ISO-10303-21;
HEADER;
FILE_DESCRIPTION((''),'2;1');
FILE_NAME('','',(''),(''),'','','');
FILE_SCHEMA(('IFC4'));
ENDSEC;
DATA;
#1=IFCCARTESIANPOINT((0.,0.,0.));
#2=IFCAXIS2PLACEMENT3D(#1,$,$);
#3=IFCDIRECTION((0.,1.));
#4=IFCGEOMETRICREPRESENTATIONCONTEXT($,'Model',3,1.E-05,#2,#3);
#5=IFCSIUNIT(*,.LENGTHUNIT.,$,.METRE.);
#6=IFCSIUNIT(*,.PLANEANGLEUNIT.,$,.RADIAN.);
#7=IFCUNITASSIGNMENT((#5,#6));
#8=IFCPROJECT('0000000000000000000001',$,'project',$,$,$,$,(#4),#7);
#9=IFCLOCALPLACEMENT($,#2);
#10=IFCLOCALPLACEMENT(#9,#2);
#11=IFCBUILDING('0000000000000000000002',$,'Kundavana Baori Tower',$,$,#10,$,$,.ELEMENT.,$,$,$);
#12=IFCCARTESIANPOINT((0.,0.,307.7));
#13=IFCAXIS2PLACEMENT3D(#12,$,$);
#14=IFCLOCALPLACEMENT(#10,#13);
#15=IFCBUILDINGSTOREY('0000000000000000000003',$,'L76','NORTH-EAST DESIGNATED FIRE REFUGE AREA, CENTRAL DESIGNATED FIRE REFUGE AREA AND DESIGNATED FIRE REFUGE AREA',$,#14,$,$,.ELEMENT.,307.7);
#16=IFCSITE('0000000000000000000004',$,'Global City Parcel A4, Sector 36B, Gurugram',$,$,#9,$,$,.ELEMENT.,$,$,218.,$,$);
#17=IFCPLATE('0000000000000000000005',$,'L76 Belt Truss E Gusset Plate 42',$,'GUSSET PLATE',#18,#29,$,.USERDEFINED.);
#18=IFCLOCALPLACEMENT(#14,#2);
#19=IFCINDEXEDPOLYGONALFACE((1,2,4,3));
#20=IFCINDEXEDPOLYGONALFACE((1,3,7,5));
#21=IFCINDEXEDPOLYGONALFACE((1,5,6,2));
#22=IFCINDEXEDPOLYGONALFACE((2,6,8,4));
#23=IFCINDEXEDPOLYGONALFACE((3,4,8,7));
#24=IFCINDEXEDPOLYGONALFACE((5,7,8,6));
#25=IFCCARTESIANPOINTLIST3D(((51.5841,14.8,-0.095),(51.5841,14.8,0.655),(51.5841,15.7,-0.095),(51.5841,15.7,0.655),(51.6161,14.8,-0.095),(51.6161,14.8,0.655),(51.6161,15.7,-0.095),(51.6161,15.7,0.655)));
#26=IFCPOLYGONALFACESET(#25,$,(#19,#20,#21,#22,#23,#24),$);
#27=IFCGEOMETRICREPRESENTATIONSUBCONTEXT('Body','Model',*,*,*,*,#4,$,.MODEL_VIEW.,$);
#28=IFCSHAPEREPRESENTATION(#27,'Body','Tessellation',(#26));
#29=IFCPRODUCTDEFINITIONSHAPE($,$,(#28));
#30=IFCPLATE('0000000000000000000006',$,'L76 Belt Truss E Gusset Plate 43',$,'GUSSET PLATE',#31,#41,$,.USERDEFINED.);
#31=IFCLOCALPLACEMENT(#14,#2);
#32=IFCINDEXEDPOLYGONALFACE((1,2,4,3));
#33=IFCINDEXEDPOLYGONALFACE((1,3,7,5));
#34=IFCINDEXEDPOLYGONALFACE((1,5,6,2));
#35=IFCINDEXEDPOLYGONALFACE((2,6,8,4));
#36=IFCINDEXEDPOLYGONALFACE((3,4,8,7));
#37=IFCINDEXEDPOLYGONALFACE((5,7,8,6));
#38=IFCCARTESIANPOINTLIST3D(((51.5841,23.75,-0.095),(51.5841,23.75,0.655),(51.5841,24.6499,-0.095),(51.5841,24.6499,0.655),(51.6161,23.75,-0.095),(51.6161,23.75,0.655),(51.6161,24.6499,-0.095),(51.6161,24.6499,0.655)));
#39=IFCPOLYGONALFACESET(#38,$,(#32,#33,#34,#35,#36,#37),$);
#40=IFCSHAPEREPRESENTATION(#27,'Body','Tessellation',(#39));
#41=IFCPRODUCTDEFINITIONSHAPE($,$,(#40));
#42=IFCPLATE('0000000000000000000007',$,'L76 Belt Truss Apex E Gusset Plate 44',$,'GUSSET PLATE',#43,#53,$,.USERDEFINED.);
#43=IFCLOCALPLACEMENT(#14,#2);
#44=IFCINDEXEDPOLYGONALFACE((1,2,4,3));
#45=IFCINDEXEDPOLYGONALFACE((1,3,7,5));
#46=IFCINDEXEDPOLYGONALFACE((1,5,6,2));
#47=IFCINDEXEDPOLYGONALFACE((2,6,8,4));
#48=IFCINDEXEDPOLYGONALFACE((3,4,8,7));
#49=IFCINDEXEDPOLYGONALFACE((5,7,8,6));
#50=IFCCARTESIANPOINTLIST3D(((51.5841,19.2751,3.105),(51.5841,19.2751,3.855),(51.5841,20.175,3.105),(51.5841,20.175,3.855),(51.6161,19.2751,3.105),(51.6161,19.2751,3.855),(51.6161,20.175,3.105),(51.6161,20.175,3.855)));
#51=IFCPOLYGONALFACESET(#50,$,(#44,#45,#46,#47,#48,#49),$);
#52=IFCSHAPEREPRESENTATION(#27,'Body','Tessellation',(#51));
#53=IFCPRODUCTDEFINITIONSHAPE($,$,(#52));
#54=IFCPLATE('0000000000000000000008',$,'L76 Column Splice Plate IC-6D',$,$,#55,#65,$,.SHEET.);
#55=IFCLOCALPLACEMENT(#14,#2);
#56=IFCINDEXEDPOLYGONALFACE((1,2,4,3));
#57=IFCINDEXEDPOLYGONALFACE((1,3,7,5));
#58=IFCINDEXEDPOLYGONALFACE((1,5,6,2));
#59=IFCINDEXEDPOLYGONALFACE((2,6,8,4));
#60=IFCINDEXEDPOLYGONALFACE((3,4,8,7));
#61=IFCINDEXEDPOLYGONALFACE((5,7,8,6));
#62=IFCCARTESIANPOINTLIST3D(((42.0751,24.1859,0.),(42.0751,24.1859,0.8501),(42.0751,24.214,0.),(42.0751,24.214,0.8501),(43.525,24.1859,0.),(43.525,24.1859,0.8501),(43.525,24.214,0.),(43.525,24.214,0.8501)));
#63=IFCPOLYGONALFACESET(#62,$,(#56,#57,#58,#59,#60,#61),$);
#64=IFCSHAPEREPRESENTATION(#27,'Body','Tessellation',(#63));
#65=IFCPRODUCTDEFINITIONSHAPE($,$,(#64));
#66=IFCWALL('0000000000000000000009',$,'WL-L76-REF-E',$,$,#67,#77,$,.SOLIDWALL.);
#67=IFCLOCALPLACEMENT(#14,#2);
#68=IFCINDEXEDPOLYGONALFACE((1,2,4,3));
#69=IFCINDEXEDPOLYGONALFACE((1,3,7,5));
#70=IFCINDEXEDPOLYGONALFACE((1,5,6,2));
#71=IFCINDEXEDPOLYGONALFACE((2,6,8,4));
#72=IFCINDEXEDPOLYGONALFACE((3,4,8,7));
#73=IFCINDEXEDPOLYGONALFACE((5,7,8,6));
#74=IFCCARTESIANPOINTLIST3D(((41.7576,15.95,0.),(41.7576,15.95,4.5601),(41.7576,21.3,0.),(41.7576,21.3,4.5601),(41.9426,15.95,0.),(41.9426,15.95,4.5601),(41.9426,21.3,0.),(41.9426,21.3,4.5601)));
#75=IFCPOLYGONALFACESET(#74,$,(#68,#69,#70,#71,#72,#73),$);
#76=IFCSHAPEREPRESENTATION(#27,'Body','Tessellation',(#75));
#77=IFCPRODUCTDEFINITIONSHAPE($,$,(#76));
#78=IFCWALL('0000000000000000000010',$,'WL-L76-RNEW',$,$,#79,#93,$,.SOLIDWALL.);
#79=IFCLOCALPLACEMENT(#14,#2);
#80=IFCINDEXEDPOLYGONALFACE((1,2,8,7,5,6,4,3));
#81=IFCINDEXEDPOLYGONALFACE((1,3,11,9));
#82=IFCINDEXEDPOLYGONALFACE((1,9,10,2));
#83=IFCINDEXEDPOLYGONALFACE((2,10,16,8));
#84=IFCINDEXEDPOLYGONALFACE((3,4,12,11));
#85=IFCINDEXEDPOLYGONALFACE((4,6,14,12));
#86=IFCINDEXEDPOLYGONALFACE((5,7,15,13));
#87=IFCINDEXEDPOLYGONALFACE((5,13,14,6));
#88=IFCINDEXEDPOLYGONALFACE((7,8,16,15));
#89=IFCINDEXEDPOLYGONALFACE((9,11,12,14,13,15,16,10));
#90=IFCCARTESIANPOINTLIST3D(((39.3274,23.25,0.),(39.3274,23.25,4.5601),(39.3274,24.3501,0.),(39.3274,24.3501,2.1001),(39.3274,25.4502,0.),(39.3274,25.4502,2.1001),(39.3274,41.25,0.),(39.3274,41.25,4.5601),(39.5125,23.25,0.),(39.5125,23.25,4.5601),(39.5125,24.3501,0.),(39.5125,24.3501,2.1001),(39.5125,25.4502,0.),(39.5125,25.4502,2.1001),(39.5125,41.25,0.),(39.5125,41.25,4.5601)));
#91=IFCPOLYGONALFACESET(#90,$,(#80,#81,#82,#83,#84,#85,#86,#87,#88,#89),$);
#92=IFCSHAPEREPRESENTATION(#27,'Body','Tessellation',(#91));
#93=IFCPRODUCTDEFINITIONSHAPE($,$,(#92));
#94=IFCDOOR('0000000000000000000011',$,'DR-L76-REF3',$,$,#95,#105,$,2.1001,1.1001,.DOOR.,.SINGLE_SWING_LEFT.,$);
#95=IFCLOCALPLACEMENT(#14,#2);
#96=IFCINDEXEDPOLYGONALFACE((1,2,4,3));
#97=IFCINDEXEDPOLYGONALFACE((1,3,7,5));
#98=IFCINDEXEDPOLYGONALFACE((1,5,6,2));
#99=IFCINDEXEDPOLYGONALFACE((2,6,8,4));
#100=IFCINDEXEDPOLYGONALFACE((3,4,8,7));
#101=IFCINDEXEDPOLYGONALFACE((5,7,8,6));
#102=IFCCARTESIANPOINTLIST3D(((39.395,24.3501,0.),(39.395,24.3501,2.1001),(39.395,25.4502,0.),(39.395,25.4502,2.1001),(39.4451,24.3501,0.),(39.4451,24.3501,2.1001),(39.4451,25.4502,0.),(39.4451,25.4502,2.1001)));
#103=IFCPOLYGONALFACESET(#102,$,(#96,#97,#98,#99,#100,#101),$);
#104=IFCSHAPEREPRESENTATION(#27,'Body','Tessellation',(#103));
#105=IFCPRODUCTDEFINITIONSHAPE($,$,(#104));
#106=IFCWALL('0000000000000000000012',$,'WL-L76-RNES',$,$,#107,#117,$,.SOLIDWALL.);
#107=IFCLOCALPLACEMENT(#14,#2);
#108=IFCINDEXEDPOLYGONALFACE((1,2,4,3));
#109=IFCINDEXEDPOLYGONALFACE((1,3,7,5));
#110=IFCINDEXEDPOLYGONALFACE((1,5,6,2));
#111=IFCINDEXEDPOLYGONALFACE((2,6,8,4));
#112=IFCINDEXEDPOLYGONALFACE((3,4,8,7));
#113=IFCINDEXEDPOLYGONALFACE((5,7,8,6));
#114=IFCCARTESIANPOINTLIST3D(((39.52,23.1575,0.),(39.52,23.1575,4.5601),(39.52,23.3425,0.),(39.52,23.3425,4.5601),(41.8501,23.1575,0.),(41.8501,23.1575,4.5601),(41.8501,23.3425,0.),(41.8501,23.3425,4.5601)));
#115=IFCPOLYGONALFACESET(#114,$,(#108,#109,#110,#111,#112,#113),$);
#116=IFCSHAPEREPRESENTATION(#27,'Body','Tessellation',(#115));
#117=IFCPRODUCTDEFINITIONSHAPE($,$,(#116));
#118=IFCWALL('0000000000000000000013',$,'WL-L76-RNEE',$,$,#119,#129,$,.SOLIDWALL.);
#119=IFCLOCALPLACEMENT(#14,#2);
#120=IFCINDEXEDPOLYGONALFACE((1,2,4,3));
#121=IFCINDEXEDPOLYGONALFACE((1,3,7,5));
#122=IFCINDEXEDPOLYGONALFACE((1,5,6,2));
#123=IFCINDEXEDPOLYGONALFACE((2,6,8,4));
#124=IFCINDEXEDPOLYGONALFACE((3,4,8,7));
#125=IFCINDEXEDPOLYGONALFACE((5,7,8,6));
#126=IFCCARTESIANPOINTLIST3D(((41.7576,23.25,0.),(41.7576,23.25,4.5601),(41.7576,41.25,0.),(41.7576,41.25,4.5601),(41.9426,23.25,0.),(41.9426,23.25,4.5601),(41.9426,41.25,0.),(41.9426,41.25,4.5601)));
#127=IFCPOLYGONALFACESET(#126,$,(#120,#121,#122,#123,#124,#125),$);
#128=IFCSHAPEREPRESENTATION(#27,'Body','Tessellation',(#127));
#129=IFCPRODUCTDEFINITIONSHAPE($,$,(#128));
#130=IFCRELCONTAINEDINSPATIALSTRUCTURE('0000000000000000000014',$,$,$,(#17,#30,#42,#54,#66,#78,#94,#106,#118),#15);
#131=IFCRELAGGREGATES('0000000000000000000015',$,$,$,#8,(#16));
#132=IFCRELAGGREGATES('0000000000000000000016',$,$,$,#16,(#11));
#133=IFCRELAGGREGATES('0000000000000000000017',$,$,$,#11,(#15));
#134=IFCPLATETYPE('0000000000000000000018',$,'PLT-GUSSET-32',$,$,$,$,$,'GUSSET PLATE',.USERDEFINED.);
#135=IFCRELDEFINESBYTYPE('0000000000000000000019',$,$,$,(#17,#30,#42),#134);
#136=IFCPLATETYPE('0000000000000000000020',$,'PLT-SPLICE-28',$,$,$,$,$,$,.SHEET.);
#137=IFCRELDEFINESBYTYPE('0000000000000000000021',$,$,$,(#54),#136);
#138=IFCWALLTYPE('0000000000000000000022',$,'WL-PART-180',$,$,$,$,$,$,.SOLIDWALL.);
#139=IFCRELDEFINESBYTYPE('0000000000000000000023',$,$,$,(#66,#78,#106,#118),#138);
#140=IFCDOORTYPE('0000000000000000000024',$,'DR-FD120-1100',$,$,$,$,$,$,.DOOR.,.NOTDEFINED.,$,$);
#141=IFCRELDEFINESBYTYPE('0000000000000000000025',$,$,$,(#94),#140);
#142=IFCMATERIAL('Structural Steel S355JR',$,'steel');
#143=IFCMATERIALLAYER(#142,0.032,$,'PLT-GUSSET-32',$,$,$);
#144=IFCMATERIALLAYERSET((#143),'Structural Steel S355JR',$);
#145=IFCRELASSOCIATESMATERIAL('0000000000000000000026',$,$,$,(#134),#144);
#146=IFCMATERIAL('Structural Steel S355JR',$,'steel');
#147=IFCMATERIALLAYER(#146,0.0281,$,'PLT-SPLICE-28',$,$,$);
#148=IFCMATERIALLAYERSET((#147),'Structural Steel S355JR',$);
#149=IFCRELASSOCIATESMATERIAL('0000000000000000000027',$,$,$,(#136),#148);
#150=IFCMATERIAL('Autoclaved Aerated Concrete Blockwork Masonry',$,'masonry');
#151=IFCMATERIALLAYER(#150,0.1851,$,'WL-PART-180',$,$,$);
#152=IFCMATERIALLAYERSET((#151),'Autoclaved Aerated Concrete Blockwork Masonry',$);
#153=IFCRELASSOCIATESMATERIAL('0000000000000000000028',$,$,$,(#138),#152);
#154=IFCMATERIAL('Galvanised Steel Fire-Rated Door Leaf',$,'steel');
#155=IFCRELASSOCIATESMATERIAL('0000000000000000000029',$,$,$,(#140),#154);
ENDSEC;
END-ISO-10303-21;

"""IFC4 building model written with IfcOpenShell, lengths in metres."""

from ifc_helpers import new_model, si_unit, direction, frame, frame_2d, origin, origin_2d, place, context, subcontext, project, spatial, rectangle, extrude, material, layer, layer_set, type_object, element, fill, save


model = new_model("IFC4")

# Units and contexts
model_context = context("Model", 3, precision=1e-05, world=origin(), true_north=direction((0.0, 1.0)))
body_context = subcontext(model_context, "Body", "Model", "MODEL_VIEW")
ifc_project = project(units=[si_unit("LENGTHUNIT", "METRE"), si_unit("PLANEANGLEUNIT", "RADIAN")], contexts=[model_context])

# Site, building, storey
site_placement = place(None, origin())
site = spatial("IfcSite", under=ifc_project, at=site_placement, Name="Global City Parcel A4, Sector 36B, Gurugram", CompositionType="ELEMENT", RefElevation=218.0)
building_placement = place(site_placement, origin())
building = spatial("IfcBuilding", under=site, at=building_placement, Name="Kundavana Baori Tower", CompositionType="ELEMENT")
storey_placement = place(building_placement, frame((0.0, 0.0, 307.7)))
storey = spatial("IfcBuildingStorey", under=building, at=storey_placement, Name="L76", Description="NORTH-EAST DESIGNATED FIRE REFUGE AREA, CENTRAL DESIGNATED FIRE REFUGE AREA AND DESIGNATED FIRE REFUGE AREA", CompositionType="ELEMENT", Elevation=307.7)

# Plates
ifc_material_1 = material(Name="Structural Steel S355JR", Category="steel")
ifc_layer_1 = layer(ifc_material_1, 0.032, Name="PLT-GUSSET-32")
ifc_layer_set_1 = layer_set([ifc_layer_1], Name="Structural Steel S355JR")
plate_type_1 = type_object("IfcPlateType", Name="PLT-GUSSET-32", ElementType="GUSSET PLATE", PredefinedType="USERDEFINED", material=ifc_layer_set_1)
for number, where, z_axis, x_axis, name in (
    (1, (51.6001, 15.25, -0.095), (0.0, 0.0, 1.0), (1.0, 0.0, 0.0), "L76 Belt Truss E Gusset Plate 42"),
    (2, (51.6001, 24.2, -0.095), (0.0, 0.0, 1.0), (1.0, 0.0, 0.0), "L76 Belt Truss E Gusset Plate 43"),
    (3, (51.6001, 19.7251, 3.105), (0.0, 0.0, 1.0), (1.0, 0.0, 0.0), "L76 Belt Truss Apex E Gusset Plate 44"),
):
    element("IfcPlate", number, at=place(storey_placement, frame(where, z_axis=z_axis, x_axis=x_axis)), inside=storey, type_object=plate_type_1, Name=name, ObjectType="GUSSET PLATE", PredefinedType="USERDEFINED", context=body_context, shape_type="SweptSolid", body=[
        extrude(rectangle(XDim=0.032, YDim=0.8999, at=origin_2d()), origin(), (0.0, 0.0, 1.0), 0.75),
    ])
ifc_material_2 = material(Name="Structural Steel S355JR", Category="steel")
ifc_layer_2 = layer(ifc_material_2, 0.0281, Name="PLT-SPLICE-28")
ifc_layer_set_2 = layer_set([ifc_layer_2], Name="Structural Steel S355JR")
plate_type_2 = type_object("IfcPlateType", Name="PLT-SPLICE-28", PredefinedType="SHEET", material=ifc_layer_set_2)
plate_placement = place(storey_placement, frame((42.8, 24.2, 0.0), z_axis=(0.0, 0.0, 1.0), x_axis=(1.0, 0.0, 0.0)))
element("IfcPlate", 4, at=plate_placement, inside=storey, type_object=plate_type_2, Name="L76 Column Splice Plate IC-6D", PredefinedType="SHEET", context=body_context, shape_type="SweptSolid", body=[
    extrude(rectangle(XDim=1.45, YDim=0.0281, at=origin_2d()), origin(), (0.0, 0.0, 1.0), 0.8501),
])

# Wall
ifc_material_3 = material(Name="Autoclaved Aerated Concrete Blockwork Masonry", Category="masonry")
ifc_layer_3 = layer(ifc_material_3, 0.1851, Name="WL-PART-180")
ifc_layer_set_3 = layer_set([ifc_layer_3], Name="Autoclaved Aerated Concrete Blockwork Masonry")
wall_type = type_object("IfcWallType", Name="WL-PART-180", PredefinedType="SOLIDWALL", material=ifc_layer_set_3)
wall_1_placement = place(storey_placement, frame((41.8501, 15.95, 0.0), z_axis=(0.0, 0.0, 1.0), x_axis=(0.0, 1.0, 0.0)))
element("IfcWall", 5, at=wall_1_placement, inside=storey, type_object=wall_type, Name="WL-L76-REF-E", PredefinedType="SOLIDWALL", context=body_context, shape_type="SweptSolid", body=[
    extrude(rectangle(XDim=5.3501, YDim=0.1851, at=frame_2d((2.675, 0.0))), origin(), (0.0, 0.0, 1.0), 4.5601),
])

# Wall, opening, door
wall_2_placement = place(storey_placement, frame((39.4199, 23.25, 0.0), z_axis=(0.0, 0.0, 1.0), x_axis=(0.0, 1.0, 0.0)))
wall_2 = element("IfcWall", 6, at=wall_2_placement, inside=storey, type_object=wall_type, Name="WL-L76-RNEW", PredefinedType="SOLIDWALL", context=body_context, shape_type="SweptSolid", body=[
    extrude(rectangle(XDim=18.0, YDim=0.1851, at=frame_2d((9.0, 0.0))), origin(), (0.0, 0.0, 1.0), 4.5601),
])
opening_placement = place(wall_2_placement, frame((1.1001, 0.0, 0.0)))
opening = element("IfcOpeningElement", 7, at=opening_placement, cuts=wall_2, PredefinedType="OPENING", context=body_context, shape_type="SweptSolid", body=[
    extrude(rectangle(XDim=1.1001, YDim=2.1001, at=frame_2d((0.55, 1.05))), frame((0.0, 0.1025, 0.0), z_axis=(0.0, -1.0, 0.0), x_axis=(1.0, 0.0, 0.0)), (0.0, 0.0, 1.0), 0.2051),
])
ifc_material_4 = material(Name="Galvanised Steel Fire-Rated Door Leaf", Category="steel")
door_type = type_object("IfcDoorType", Name="DR-FD120-1100", OperationType="NOTDEFINED", PredefinedType="DOOR", material=ifc_material_4)
door_placement = place(opening_placement, origin())
door = element("IfcDoor", 8, at=door_placement, inside=storey, type_object=door_type, Name="DR-L76-REF3", OperationType="SINGLE_SWING_LEFT", OverallHeight=2.1001, OverallWidth=1.1001, PredefinedType="DOOR", context=body_context, shape_type="SweptSolid", body=[
    extrude(rectangle(XDim=1.1001, YDim=2.1001, at=frame_2d((0.55, 1.05))), frame((0.0, 0.0249, 0.0), z_axis=(0.0, -1.0, 0.0), x_axis=(1.0, 0.0, 0.0)), (0.0, 0.0, 1.0), 0.05),
])
fill(opening, door)

# Walls
wall_3_placement = place(storey_placement, frame((39.52, 23.25, 0.0), z_axis=(0.0, 0.0, 1.0), x_axis=(1.0, 0.0, 0.0)))
element("IfcWall", 9, at=wall_3_placement, inside=storey, type_object=wall_type, Name="WL-L76-RNES", PredefinedType="SOLIDWALL", context=body_context, shape_type="SweptSolid", body=[
    extrude(rectangle(XDim=2.3301, YDim=0.1851, at=frame_2d((1.165, 0.0))), origin(), (0.0, 0.0, 1.0), 4.5601),
])
wall_4_placement = place(storey_placement, frame((41.8501, 23.25, 0.0), z_axis=(0.0, 0.0, 1.0), x_axis=(0.0, 1.0, 0.0)))
element("IfcWall", 10, at=wall_4_placement, inside=storey, type_object=wall_type, Name="WL-L76-RNEE", PredefinedType="SOLIDWALL", context=body_context, shape_type="SweptSolid", body=[
    extrude(rectangle(XDim=18.0, YDim=0.1851, at=frame_2d((9.0, 0.0))), origin(), (0.0, 0.0, 1.0), 4.5601),
])

save(model, "model.ifc")
